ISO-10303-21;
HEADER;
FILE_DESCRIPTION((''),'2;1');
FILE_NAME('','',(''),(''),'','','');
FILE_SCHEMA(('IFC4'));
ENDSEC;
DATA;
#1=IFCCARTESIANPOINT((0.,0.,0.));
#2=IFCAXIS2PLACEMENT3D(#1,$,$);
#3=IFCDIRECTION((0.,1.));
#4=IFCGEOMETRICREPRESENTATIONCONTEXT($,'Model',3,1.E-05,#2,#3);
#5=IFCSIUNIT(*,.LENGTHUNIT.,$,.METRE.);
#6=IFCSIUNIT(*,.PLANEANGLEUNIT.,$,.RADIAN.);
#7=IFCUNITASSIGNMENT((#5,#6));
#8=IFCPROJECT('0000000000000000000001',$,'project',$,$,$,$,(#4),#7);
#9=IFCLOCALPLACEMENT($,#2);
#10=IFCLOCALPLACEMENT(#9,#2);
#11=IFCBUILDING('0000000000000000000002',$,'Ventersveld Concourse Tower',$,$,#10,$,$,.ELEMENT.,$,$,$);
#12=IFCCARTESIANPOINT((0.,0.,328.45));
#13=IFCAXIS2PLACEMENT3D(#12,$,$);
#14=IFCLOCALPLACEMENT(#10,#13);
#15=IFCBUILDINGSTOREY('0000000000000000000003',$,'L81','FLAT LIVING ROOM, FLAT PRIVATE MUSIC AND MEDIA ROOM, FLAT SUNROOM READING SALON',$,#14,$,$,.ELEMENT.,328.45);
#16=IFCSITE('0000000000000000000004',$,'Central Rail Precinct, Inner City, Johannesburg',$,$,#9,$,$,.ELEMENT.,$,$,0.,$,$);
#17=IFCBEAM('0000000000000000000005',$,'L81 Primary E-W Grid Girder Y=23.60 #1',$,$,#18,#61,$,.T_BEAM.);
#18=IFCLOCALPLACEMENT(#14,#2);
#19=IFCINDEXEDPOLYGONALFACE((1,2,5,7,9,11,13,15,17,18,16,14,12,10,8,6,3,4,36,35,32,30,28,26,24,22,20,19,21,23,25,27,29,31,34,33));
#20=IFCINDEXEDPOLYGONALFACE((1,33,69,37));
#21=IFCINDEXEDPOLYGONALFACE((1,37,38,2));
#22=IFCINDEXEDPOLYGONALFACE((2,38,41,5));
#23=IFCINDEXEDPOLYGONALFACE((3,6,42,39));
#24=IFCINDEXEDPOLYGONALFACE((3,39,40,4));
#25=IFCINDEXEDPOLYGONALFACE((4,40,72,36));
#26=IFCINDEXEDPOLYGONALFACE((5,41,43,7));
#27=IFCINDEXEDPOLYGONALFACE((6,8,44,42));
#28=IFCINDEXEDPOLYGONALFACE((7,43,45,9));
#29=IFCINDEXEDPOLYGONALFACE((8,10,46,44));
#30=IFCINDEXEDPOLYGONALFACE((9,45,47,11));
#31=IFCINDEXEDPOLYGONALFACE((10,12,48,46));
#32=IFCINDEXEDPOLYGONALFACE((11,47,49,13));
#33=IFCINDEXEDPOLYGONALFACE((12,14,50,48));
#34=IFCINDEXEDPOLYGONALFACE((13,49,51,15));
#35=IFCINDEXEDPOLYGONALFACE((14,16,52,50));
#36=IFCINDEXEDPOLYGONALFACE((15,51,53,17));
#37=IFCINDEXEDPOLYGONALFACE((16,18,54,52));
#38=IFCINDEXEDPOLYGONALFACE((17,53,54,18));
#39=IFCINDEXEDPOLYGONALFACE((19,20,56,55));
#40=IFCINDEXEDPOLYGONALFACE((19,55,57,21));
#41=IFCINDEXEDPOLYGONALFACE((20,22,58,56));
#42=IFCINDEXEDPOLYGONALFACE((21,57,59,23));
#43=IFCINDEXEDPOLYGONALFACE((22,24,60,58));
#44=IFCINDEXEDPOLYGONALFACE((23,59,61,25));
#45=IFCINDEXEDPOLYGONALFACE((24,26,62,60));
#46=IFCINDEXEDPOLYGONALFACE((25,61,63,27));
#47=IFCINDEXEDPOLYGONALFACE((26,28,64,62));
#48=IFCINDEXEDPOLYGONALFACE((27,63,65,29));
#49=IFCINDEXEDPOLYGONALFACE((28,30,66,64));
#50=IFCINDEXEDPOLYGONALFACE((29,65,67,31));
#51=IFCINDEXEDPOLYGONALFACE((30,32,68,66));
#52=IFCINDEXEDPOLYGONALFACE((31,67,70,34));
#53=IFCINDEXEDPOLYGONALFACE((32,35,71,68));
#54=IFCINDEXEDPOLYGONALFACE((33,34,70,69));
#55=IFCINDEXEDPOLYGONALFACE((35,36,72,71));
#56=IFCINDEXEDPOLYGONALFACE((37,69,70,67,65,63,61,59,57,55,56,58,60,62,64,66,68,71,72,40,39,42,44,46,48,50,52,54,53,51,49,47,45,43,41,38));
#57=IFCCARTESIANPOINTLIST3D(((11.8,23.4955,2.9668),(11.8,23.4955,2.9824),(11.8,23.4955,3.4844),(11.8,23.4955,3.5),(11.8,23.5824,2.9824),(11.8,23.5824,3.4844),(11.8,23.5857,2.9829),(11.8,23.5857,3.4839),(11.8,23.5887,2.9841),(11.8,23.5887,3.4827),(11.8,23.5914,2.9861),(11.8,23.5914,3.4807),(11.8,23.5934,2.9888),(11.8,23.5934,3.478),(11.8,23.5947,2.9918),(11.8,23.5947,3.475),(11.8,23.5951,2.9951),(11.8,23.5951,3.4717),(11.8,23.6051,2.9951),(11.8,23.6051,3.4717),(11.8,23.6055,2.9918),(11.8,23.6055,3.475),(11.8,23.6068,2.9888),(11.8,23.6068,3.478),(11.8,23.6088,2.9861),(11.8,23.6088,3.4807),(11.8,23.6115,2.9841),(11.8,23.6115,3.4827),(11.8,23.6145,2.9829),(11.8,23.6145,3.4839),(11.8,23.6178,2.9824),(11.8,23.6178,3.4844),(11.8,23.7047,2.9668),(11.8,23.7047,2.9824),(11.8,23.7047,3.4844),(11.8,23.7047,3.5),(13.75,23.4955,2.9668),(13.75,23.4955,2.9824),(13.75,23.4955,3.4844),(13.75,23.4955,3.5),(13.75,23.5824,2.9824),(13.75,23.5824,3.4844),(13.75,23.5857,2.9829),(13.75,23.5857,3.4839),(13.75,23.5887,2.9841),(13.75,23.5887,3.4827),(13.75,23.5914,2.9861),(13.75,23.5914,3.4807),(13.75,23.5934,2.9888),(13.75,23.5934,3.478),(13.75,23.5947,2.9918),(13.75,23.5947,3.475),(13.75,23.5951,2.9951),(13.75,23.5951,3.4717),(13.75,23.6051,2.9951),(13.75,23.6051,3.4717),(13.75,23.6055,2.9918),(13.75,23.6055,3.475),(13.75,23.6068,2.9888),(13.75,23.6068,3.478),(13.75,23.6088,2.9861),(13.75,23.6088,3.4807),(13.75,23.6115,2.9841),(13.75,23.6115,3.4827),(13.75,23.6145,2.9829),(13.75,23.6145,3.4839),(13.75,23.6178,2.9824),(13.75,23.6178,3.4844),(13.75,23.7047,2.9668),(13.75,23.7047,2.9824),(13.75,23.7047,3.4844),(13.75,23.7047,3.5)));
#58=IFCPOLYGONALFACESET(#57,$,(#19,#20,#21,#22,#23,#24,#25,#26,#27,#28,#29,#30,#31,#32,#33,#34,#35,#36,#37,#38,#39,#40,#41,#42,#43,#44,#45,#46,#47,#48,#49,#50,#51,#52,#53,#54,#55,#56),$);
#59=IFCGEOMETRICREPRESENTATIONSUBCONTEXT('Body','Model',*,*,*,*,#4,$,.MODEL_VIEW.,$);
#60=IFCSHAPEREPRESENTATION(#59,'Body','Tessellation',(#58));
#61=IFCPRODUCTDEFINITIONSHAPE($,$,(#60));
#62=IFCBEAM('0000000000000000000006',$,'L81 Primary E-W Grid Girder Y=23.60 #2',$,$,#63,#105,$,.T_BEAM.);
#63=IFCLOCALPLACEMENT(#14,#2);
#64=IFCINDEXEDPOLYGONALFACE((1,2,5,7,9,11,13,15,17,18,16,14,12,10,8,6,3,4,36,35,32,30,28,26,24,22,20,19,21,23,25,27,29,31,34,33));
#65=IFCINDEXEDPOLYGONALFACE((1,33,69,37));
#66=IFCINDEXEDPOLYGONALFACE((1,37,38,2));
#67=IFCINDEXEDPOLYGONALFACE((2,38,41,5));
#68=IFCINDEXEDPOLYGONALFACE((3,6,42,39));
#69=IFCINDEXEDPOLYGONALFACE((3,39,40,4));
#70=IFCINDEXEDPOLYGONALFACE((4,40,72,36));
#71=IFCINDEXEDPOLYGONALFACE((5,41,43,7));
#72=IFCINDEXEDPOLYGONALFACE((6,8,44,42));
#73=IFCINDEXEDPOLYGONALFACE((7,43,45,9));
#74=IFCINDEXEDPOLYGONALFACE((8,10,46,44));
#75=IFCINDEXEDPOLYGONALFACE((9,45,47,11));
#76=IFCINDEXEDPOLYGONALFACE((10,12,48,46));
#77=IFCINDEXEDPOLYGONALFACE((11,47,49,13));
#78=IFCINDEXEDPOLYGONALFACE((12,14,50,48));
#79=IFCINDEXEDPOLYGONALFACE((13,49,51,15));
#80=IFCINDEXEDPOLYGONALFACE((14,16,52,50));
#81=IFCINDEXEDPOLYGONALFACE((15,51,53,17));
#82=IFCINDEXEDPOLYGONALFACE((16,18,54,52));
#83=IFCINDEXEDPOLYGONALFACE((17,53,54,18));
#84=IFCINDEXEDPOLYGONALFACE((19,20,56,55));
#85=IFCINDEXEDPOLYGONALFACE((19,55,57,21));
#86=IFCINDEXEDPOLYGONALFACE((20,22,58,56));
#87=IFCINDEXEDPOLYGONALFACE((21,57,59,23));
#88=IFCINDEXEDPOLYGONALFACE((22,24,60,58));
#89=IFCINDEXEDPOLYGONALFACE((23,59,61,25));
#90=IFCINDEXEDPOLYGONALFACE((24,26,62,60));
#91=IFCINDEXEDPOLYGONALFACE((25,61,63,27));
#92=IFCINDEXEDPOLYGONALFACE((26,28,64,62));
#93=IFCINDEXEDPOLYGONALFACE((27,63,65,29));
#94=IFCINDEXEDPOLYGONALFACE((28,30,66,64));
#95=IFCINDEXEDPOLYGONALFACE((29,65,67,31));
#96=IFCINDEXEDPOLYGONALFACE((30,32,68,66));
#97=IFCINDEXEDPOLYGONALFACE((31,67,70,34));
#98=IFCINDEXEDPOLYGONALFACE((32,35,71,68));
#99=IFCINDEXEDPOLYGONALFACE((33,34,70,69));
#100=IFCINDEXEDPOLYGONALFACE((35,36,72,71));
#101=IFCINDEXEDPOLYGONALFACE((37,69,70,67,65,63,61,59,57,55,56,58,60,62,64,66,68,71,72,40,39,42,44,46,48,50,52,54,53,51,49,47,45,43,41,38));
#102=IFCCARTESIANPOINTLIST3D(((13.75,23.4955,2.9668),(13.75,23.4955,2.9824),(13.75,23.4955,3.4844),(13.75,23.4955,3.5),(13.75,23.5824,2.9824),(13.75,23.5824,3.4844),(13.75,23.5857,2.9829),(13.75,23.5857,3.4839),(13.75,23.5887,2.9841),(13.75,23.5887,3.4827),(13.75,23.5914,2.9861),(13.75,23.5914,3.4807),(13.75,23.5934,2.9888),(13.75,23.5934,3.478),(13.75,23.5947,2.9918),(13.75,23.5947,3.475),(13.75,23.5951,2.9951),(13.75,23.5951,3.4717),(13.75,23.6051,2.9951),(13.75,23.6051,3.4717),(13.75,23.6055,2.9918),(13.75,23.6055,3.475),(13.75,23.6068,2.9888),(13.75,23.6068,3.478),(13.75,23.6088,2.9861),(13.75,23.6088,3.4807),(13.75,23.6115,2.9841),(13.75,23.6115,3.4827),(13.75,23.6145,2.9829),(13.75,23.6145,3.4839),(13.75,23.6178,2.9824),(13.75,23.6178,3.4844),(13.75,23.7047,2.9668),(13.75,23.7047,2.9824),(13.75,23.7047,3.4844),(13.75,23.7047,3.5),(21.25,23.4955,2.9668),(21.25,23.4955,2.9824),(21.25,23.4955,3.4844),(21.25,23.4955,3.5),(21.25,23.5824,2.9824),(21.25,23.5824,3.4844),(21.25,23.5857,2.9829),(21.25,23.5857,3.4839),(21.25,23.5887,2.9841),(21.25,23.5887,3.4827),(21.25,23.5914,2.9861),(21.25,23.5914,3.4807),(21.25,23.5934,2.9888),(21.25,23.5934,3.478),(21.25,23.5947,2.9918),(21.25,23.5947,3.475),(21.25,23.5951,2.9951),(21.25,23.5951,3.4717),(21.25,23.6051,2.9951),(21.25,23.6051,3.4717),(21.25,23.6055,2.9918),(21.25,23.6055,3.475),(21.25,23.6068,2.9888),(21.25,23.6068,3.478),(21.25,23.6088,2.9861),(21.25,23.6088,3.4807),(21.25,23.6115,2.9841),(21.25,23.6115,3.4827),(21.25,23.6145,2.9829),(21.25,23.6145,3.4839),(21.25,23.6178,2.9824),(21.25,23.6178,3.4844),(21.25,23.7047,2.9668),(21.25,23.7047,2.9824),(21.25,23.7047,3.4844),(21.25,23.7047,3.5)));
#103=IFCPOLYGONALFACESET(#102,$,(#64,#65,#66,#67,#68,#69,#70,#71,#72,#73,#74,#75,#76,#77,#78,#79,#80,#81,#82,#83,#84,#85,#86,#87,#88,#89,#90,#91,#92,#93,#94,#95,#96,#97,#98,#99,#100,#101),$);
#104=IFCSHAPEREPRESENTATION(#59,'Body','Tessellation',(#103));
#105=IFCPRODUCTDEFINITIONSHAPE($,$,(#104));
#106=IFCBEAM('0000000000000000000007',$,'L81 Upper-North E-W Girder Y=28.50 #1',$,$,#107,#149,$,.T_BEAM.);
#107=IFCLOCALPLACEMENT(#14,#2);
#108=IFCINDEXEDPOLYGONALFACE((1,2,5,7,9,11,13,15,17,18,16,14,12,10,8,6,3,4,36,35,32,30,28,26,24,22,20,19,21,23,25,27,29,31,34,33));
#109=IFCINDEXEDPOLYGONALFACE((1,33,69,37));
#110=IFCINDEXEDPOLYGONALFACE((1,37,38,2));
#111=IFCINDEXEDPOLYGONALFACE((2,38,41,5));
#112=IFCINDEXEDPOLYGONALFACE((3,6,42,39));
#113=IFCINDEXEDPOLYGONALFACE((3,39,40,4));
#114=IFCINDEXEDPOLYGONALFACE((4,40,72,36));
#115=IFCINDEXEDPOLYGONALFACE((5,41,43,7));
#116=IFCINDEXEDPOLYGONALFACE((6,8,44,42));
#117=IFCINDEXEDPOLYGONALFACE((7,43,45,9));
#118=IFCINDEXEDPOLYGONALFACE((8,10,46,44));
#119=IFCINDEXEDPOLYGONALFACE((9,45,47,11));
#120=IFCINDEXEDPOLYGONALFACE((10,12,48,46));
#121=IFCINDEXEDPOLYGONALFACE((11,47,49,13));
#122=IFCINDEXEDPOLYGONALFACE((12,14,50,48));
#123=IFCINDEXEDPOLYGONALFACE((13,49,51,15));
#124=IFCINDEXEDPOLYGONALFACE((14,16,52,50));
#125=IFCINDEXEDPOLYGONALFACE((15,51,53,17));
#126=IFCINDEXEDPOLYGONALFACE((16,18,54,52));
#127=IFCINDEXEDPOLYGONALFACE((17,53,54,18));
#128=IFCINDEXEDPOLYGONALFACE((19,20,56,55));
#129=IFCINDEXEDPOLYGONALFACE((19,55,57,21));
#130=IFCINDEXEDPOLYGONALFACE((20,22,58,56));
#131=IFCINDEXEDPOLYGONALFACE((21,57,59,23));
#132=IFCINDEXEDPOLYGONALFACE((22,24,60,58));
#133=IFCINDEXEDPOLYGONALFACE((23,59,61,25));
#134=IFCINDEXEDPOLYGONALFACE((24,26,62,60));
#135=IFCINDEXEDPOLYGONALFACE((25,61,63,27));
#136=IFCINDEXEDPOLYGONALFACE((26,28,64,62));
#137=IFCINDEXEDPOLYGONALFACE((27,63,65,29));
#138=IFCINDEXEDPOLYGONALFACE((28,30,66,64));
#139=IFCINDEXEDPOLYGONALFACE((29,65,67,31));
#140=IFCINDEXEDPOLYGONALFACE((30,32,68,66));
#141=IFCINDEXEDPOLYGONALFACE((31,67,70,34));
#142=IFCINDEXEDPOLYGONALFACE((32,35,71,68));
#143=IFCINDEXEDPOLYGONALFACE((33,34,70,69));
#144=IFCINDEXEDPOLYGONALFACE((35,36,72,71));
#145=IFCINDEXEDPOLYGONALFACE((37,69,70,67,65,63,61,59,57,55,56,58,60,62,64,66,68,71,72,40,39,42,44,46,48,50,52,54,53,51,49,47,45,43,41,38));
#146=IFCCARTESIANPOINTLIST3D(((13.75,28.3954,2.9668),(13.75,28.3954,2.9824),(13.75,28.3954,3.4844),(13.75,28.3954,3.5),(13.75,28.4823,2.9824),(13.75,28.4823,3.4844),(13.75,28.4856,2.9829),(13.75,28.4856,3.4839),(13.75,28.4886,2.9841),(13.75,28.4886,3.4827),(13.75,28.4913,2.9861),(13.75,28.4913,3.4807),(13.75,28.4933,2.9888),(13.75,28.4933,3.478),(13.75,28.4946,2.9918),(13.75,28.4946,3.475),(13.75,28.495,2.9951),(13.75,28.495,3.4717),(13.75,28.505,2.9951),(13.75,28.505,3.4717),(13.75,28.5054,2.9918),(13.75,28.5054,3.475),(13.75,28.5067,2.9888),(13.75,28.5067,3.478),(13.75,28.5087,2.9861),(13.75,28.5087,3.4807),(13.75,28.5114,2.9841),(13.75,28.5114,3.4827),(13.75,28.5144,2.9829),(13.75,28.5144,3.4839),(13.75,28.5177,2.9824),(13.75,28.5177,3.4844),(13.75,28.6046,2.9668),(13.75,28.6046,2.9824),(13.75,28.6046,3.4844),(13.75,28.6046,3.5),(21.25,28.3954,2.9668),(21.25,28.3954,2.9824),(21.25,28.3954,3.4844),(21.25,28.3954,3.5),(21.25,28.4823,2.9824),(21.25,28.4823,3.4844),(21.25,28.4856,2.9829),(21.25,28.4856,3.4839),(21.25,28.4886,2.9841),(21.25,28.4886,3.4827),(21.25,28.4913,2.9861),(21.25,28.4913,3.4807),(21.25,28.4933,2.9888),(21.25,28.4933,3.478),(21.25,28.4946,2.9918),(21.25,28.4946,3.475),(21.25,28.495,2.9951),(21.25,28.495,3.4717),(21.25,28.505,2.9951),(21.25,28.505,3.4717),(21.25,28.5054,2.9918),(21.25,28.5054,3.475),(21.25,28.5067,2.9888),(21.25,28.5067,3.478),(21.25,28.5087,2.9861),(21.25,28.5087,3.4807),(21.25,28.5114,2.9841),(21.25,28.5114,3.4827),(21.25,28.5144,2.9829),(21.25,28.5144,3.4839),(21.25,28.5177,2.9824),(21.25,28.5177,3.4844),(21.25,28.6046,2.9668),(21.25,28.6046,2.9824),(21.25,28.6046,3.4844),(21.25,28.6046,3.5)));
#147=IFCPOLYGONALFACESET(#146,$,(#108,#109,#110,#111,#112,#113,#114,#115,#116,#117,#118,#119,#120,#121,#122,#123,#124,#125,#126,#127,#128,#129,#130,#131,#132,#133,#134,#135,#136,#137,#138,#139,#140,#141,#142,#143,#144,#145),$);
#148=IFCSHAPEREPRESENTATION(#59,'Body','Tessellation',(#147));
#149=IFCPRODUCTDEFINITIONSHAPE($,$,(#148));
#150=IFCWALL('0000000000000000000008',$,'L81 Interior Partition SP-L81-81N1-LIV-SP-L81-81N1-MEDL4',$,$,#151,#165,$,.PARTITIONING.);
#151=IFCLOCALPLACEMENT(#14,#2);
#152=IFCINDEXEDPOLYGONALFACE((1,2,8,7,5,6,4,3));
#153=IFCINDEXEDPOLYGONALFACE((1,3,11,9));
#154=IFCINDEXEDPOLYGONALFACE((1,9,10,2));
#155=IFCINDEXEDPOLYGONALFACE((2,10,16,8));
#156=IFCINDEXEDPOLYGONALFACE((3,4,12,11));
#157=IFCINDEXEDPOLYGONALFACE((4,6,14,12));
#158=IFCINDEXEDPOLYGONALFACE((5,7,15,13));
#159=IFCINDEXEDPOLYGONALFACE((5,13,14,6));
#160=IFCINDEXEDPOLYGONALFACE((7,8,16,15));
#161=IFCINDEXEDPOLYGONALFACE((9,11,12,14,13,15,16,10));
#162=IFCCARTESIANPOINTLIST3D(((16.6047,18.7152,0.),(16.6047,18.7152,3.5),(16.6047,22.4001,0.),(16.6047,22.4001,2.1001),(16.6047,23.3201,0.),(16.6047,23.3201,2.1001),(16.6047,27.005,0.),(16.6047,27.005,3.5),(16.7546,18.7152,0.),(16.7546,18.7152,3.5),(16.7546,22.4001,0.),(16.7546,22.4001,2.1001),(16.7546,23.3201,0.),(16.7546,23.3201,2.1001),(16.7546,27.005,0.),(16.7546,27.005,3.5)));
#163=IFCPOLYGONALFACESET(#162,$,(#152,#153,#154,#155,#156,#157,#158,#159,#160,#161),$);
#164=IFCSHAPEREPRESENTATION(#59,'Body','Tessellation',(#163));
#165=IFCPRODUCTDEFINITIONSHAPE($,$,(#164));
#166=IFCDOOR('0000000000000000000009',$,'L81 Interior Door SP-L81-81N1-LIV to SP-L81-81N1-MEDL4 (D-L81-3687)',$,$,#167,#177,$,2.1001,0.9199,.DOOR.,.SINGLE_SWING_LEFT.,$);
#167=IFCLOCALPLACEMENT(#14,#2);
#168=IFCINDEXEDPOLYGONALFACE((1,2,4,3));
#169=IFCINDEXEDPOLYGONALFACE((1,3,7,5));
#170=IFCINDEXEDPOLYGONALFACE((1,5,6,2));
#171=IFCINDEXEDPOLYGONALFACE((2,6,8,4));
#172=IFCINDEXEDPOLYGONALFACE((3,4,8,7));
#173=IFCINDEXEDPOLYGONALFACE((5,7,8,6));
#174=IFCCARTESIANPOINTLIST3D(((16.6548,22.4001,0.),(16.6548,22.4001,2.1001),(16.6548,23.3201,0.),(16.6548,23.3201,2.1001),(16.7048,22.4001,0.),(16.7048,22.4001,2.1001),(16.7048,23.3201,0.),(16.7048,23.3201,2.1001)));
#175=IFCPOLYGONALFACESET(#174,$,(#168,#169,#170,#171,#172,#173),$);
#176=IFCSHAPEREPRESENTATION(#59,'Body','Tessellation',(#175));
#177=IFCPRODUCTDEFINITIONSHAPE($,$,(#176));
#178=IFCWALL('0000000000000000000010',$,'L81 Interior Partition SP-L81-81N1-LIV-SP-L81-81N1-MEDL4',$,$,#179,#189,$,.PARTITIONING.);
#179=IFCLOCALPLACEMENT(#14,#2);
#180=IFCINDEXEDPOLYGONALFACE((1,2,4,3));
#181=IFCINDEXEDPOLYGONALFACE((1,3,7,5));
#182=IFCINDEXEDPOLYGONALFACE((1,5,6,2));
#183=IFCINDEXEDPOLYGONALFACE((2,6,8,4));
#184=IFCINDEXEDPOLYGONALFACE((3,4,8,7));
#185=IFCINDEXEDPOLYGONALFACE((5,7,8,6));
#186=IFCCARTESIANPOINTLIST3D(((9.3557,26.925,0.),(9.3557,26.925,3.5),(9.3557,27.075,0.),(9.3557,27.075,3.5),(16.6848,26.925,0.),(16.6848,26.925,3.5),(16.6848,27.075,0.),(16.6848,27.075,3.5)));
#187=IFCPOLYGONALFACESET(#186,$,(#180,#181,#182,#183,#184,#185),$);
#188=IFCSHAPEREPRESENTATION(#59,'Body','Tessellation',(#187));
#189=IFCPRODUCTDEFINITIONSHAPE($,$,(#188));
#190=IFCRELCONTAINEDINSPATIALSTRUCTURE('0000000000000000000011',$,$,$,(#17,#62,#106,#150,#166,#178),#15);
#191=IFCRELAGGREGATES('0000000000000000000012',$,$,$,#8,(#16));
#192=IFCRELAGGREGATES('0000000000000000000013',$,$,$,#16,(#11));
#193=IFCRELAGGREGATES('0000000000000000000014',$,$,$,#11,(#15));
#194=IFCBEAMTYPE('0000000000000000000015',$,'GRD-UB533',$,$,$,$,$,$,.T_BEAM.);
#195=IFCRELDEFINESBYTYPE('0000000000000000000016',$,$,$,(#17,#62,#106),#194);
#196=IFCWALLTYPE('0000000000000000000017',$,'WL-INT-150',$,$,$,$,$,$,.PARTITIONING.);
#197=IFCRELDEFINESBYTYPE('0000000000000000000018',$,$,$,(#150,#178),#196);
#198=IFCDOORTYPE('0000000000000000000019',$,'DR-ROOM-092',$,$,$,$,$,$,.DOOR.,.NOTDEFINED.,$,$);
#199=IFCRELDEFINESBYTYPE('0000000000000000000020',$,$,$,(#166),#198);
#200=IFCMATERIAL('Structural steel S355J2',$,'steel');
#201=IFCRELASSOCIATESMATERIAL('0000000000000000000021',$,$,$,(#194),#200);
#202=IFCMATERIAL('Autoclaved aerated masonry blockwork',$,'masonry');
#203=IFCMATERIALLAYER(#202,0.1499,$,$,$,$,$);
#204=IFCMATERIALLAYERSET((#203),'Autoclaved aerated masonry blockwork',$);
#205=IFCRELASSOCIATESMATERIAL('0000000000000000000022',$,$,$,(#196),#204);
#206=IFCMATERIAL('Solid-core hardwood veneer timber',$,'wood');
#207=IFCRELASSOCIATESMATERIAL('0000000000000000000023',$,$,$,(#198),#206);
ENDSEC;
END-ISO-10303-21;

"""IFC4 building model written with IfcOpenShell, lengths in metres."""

from ifc_helpers import new_model, si_unit, direction, frame, frame_2d, origin, origin_2d, place, context, subcontext, project, spatial, rectangle, i_section, extrude, material, layer, layer_set, material_profile, profile_set, type_object, element, fill, save


model = new_model("IFC4")

# Units and contexts
model_context = context("Model", 3, precision=1e-05, world=origin(), true_north=direction((0.0, 1.0)))
body_context = subcontext(model_context, "Body", "Model", "MODEL_VIEW")
ifc_project = project(units=[si_unit("LENGTHUNIT", "METRE"), si_unit("PLANEANGLEUNIT", "RADIAN")], contexts=[model_context])

# Site, building, storey
site_placement = place(None, origin())
site = spatial("IfcSite", under=ifc_project, at=site_placement, Name="Central Rail Precinct, Inner City, Johannesburg", CompositionType="ELEMENT", RefElevation=0.0)
building_placement = place(site_placement, origin())
building = spatial("IfcBuilding", under=site, at=building_placement, Name="Ventersveld Concourse Tower", CompositionType="ELEMENT")
storey_placement = place(building_placement, frame((0.0, 0.0, 328.45)))
storey = spatial("IfcBuildingStorey", under=building, at=storey_placement, Name="L81", Description="FLAT LIVING ROOM, FLAT PRIVATE MUSIC AND MEDIA ROOM, FLAT SUNROOM READING SALON", CompositionType="ELEMENT", Elevation=328.45)

# Shared definitions
ifc_material_1 = material(Name="Structural steel S355J2", Category="steel")

# Beams
ifc_material_profile_1 = material_profile(ifc_material_1, i_section(OverallWidth=0.2092, OverallDepth=0.5332, WebThickness=0.01, FlangeThickness=0.0156, FilletRadius=0.0127, at=origin_2d()), Name="UB 533x210x92")
ifc_profile_set_1 = profile_set([ifc_material_profile_1], Name="Structural steel S355J2")
beam_type_1 = type_object("IfcBeamType", Name="GRD-UB533", PredefinedType="T_BEAM", material=ifc_profile_set_1)
beam_1_placement = place(storey_placement, frame((11.8, 23.6001, 3.2334), z_axis=(1.0, 0.0, 0.0), x_axis=(0.0, 1.0, 0.0)))
element("IfcBeam", 1, at=beam_1_placement, inside=storey, type_object=beam_type_1, Name="L81 Primary E-W Grid Girder Y=23.60 #1", PredefinedType="T_BEAM", context=body_context, shape_type="SweptSolid", body=[
    extrude(i_section(OverallWidth=0.2092, OverallDepth=0.5332, WebThickness=0.01, FlangeThickness=0.0156, FilletRadius=0.0127, at=origin_2d()), origin(), (0.0, 0.0, 1.0), 1.95),
])
for number, where, z_axis, x_axis, name in (
    (2, (13.75, 23.6001, 3.2334), (1.0, 0.0, 0.0), (0.0, 1.0, 0.0), "L81 Primary E-W Grid Girder Y=23.60 #2"),
    (3, (13.75, 28.5, 3.2334), (1.0, 0.0, 0.0), (0.0, 1.0, 0.0), "L81 Upper-North E-W Girder Y=28.50 #1"),
):
    element("IfcBeam", number, at=place(storey_placement, frame(where, z_axis=z_axis, x_axis=x_axis)), inside=storey, type_object=beam_type_1, Name=name, PredefinedType="T_BEAM", context=body_context, shape_type="SweptSolid", body=[
        extrude(i_section(OverallWidth=0.2092, OverallDepth=0.5332, WebThickness=0.01, FlangeThickness=0.0156, FilletRadius=0.0127, at=origin_2d()), origin(), (0.0, 0.0, 1.0), 7.5),
    ])

# Wall, opening, door
ifc_material_2 = material(Name="Autoclaved aerated masonry blockwork", Category="masonry")
ifc_layer_1 = layer(ifc_material_2, 0.1499)
ifc_layer_set_1 = layer_set([ifc_layer_1], Name="Autoclaved aerated masonry blockwork")
wall_type_1 = type_object("IfcWallType", Name="WL-INT-150", PredefinedType="PARTITIONING", material=ifc_layer_set_1)
wall_1_placement = place(storey_placement, frame((16.6797, 18.7151, 0.0), z_axis=(0.0, 0.0, 1.0), x_axis=(0.0, 1.0, 0.0)))
wall_1 = element("IfcWall", 4, at=wall_1_placement, inside=storey, type_object=wall_type_1, Name="L81 Interior Partition SP-L81-81N1-LIV-SP-L81-81N1-MEDL4", PredefinedType="PARTITIONING", context=body_context, shape_type="SweptSolid", body=[
    extrude(rectangle(XDim=8.2898, YDim=0.1499, at=frame_2d((4.145, 0.0))), origin(), (0.0, 0.0, 1.0), 3.5),
])
opening_1_placement = place(wall_1_placement, frame((3.6851, 0.0, 0.0)))
opening_1 = element("IfcOpeningElement", 5, at=opening_1_placement, cuts=wall_1, PredefinedType="OPENING", context=body_context, shape_type="SweptSolid", body=[
    extrude(rectangle(XDim=0.9199, YDim=2.1001, at=frame_2d((0.46, 1.05))), frame((0.0, 0.085, 0.0), z_axis=(0.0, -1.0, 0.0), x_axis=(1.0, 0.0, 0.0)), (0.0, 0.0, 1.0), 0.1699),
])
ifc_material_3 = material(Name="Solid-core hardwood veneer timber", Category="wood")
door_type = type_object("IfcDoorType", Name="DR-ROOM-092", OperationType="NOTDEFINED", PredefinedType="DOOR", material=ifc_material_3)
door_1_placement = place(opening_1_placement, origin())
door_1 = element("IfcDoor", 6, at=door_1_placement, inside=storey, type_object=door_type, Name="L81 Interior Door SP-L81-81N1-LIV to SP-L81-81N1-MEDL4 (D-L81-3687)", OperationType="SINGLE_SWING_LEFT", OverallHeight=2.1001, OverallWidth=0.9199, PredefinedType="DOOR", context=body_context, shape_type="SweptSolid", body=[
    extrude(rectangle(XDim=0.9199, YDim=2.1001, at=frame_2d((0.46, 1.05))), frame((0.0, 0.0249, 0.0), z_axis=(0.0, -1.0, 0.0), x_axis=(1.0, 0.0, 0.0)), (0.0, 0.0, 1.0), 0.05),
])
fill(opening_1, door_1)

# Wall
wall_2_placement = place(storey_placement, frame((9.3557, 27.0, 0.0), z_axis=(0.0, 0.0, 1.0), x_axis=(1.0, 0.0, 0.0)))
element("IfcWall", 7, at=wall_2_placement, inside=storey, type_object=wall_type_1, Name="L81 Interior Partition SP-L81-81N1-LIV-SP-L81-81N1-MEDL4", PredefinedType="PARTITIONING", context=body_context, shape_type="SweptSolid", body=[
    extrude(rectangle(XDim=7.3291, YDim=0.1499, at=frame_2d((3.6646, 0.0))), origin(), (0.0, 0.0, 1.0), 3.5),
])

save(model, "model.ifc")
